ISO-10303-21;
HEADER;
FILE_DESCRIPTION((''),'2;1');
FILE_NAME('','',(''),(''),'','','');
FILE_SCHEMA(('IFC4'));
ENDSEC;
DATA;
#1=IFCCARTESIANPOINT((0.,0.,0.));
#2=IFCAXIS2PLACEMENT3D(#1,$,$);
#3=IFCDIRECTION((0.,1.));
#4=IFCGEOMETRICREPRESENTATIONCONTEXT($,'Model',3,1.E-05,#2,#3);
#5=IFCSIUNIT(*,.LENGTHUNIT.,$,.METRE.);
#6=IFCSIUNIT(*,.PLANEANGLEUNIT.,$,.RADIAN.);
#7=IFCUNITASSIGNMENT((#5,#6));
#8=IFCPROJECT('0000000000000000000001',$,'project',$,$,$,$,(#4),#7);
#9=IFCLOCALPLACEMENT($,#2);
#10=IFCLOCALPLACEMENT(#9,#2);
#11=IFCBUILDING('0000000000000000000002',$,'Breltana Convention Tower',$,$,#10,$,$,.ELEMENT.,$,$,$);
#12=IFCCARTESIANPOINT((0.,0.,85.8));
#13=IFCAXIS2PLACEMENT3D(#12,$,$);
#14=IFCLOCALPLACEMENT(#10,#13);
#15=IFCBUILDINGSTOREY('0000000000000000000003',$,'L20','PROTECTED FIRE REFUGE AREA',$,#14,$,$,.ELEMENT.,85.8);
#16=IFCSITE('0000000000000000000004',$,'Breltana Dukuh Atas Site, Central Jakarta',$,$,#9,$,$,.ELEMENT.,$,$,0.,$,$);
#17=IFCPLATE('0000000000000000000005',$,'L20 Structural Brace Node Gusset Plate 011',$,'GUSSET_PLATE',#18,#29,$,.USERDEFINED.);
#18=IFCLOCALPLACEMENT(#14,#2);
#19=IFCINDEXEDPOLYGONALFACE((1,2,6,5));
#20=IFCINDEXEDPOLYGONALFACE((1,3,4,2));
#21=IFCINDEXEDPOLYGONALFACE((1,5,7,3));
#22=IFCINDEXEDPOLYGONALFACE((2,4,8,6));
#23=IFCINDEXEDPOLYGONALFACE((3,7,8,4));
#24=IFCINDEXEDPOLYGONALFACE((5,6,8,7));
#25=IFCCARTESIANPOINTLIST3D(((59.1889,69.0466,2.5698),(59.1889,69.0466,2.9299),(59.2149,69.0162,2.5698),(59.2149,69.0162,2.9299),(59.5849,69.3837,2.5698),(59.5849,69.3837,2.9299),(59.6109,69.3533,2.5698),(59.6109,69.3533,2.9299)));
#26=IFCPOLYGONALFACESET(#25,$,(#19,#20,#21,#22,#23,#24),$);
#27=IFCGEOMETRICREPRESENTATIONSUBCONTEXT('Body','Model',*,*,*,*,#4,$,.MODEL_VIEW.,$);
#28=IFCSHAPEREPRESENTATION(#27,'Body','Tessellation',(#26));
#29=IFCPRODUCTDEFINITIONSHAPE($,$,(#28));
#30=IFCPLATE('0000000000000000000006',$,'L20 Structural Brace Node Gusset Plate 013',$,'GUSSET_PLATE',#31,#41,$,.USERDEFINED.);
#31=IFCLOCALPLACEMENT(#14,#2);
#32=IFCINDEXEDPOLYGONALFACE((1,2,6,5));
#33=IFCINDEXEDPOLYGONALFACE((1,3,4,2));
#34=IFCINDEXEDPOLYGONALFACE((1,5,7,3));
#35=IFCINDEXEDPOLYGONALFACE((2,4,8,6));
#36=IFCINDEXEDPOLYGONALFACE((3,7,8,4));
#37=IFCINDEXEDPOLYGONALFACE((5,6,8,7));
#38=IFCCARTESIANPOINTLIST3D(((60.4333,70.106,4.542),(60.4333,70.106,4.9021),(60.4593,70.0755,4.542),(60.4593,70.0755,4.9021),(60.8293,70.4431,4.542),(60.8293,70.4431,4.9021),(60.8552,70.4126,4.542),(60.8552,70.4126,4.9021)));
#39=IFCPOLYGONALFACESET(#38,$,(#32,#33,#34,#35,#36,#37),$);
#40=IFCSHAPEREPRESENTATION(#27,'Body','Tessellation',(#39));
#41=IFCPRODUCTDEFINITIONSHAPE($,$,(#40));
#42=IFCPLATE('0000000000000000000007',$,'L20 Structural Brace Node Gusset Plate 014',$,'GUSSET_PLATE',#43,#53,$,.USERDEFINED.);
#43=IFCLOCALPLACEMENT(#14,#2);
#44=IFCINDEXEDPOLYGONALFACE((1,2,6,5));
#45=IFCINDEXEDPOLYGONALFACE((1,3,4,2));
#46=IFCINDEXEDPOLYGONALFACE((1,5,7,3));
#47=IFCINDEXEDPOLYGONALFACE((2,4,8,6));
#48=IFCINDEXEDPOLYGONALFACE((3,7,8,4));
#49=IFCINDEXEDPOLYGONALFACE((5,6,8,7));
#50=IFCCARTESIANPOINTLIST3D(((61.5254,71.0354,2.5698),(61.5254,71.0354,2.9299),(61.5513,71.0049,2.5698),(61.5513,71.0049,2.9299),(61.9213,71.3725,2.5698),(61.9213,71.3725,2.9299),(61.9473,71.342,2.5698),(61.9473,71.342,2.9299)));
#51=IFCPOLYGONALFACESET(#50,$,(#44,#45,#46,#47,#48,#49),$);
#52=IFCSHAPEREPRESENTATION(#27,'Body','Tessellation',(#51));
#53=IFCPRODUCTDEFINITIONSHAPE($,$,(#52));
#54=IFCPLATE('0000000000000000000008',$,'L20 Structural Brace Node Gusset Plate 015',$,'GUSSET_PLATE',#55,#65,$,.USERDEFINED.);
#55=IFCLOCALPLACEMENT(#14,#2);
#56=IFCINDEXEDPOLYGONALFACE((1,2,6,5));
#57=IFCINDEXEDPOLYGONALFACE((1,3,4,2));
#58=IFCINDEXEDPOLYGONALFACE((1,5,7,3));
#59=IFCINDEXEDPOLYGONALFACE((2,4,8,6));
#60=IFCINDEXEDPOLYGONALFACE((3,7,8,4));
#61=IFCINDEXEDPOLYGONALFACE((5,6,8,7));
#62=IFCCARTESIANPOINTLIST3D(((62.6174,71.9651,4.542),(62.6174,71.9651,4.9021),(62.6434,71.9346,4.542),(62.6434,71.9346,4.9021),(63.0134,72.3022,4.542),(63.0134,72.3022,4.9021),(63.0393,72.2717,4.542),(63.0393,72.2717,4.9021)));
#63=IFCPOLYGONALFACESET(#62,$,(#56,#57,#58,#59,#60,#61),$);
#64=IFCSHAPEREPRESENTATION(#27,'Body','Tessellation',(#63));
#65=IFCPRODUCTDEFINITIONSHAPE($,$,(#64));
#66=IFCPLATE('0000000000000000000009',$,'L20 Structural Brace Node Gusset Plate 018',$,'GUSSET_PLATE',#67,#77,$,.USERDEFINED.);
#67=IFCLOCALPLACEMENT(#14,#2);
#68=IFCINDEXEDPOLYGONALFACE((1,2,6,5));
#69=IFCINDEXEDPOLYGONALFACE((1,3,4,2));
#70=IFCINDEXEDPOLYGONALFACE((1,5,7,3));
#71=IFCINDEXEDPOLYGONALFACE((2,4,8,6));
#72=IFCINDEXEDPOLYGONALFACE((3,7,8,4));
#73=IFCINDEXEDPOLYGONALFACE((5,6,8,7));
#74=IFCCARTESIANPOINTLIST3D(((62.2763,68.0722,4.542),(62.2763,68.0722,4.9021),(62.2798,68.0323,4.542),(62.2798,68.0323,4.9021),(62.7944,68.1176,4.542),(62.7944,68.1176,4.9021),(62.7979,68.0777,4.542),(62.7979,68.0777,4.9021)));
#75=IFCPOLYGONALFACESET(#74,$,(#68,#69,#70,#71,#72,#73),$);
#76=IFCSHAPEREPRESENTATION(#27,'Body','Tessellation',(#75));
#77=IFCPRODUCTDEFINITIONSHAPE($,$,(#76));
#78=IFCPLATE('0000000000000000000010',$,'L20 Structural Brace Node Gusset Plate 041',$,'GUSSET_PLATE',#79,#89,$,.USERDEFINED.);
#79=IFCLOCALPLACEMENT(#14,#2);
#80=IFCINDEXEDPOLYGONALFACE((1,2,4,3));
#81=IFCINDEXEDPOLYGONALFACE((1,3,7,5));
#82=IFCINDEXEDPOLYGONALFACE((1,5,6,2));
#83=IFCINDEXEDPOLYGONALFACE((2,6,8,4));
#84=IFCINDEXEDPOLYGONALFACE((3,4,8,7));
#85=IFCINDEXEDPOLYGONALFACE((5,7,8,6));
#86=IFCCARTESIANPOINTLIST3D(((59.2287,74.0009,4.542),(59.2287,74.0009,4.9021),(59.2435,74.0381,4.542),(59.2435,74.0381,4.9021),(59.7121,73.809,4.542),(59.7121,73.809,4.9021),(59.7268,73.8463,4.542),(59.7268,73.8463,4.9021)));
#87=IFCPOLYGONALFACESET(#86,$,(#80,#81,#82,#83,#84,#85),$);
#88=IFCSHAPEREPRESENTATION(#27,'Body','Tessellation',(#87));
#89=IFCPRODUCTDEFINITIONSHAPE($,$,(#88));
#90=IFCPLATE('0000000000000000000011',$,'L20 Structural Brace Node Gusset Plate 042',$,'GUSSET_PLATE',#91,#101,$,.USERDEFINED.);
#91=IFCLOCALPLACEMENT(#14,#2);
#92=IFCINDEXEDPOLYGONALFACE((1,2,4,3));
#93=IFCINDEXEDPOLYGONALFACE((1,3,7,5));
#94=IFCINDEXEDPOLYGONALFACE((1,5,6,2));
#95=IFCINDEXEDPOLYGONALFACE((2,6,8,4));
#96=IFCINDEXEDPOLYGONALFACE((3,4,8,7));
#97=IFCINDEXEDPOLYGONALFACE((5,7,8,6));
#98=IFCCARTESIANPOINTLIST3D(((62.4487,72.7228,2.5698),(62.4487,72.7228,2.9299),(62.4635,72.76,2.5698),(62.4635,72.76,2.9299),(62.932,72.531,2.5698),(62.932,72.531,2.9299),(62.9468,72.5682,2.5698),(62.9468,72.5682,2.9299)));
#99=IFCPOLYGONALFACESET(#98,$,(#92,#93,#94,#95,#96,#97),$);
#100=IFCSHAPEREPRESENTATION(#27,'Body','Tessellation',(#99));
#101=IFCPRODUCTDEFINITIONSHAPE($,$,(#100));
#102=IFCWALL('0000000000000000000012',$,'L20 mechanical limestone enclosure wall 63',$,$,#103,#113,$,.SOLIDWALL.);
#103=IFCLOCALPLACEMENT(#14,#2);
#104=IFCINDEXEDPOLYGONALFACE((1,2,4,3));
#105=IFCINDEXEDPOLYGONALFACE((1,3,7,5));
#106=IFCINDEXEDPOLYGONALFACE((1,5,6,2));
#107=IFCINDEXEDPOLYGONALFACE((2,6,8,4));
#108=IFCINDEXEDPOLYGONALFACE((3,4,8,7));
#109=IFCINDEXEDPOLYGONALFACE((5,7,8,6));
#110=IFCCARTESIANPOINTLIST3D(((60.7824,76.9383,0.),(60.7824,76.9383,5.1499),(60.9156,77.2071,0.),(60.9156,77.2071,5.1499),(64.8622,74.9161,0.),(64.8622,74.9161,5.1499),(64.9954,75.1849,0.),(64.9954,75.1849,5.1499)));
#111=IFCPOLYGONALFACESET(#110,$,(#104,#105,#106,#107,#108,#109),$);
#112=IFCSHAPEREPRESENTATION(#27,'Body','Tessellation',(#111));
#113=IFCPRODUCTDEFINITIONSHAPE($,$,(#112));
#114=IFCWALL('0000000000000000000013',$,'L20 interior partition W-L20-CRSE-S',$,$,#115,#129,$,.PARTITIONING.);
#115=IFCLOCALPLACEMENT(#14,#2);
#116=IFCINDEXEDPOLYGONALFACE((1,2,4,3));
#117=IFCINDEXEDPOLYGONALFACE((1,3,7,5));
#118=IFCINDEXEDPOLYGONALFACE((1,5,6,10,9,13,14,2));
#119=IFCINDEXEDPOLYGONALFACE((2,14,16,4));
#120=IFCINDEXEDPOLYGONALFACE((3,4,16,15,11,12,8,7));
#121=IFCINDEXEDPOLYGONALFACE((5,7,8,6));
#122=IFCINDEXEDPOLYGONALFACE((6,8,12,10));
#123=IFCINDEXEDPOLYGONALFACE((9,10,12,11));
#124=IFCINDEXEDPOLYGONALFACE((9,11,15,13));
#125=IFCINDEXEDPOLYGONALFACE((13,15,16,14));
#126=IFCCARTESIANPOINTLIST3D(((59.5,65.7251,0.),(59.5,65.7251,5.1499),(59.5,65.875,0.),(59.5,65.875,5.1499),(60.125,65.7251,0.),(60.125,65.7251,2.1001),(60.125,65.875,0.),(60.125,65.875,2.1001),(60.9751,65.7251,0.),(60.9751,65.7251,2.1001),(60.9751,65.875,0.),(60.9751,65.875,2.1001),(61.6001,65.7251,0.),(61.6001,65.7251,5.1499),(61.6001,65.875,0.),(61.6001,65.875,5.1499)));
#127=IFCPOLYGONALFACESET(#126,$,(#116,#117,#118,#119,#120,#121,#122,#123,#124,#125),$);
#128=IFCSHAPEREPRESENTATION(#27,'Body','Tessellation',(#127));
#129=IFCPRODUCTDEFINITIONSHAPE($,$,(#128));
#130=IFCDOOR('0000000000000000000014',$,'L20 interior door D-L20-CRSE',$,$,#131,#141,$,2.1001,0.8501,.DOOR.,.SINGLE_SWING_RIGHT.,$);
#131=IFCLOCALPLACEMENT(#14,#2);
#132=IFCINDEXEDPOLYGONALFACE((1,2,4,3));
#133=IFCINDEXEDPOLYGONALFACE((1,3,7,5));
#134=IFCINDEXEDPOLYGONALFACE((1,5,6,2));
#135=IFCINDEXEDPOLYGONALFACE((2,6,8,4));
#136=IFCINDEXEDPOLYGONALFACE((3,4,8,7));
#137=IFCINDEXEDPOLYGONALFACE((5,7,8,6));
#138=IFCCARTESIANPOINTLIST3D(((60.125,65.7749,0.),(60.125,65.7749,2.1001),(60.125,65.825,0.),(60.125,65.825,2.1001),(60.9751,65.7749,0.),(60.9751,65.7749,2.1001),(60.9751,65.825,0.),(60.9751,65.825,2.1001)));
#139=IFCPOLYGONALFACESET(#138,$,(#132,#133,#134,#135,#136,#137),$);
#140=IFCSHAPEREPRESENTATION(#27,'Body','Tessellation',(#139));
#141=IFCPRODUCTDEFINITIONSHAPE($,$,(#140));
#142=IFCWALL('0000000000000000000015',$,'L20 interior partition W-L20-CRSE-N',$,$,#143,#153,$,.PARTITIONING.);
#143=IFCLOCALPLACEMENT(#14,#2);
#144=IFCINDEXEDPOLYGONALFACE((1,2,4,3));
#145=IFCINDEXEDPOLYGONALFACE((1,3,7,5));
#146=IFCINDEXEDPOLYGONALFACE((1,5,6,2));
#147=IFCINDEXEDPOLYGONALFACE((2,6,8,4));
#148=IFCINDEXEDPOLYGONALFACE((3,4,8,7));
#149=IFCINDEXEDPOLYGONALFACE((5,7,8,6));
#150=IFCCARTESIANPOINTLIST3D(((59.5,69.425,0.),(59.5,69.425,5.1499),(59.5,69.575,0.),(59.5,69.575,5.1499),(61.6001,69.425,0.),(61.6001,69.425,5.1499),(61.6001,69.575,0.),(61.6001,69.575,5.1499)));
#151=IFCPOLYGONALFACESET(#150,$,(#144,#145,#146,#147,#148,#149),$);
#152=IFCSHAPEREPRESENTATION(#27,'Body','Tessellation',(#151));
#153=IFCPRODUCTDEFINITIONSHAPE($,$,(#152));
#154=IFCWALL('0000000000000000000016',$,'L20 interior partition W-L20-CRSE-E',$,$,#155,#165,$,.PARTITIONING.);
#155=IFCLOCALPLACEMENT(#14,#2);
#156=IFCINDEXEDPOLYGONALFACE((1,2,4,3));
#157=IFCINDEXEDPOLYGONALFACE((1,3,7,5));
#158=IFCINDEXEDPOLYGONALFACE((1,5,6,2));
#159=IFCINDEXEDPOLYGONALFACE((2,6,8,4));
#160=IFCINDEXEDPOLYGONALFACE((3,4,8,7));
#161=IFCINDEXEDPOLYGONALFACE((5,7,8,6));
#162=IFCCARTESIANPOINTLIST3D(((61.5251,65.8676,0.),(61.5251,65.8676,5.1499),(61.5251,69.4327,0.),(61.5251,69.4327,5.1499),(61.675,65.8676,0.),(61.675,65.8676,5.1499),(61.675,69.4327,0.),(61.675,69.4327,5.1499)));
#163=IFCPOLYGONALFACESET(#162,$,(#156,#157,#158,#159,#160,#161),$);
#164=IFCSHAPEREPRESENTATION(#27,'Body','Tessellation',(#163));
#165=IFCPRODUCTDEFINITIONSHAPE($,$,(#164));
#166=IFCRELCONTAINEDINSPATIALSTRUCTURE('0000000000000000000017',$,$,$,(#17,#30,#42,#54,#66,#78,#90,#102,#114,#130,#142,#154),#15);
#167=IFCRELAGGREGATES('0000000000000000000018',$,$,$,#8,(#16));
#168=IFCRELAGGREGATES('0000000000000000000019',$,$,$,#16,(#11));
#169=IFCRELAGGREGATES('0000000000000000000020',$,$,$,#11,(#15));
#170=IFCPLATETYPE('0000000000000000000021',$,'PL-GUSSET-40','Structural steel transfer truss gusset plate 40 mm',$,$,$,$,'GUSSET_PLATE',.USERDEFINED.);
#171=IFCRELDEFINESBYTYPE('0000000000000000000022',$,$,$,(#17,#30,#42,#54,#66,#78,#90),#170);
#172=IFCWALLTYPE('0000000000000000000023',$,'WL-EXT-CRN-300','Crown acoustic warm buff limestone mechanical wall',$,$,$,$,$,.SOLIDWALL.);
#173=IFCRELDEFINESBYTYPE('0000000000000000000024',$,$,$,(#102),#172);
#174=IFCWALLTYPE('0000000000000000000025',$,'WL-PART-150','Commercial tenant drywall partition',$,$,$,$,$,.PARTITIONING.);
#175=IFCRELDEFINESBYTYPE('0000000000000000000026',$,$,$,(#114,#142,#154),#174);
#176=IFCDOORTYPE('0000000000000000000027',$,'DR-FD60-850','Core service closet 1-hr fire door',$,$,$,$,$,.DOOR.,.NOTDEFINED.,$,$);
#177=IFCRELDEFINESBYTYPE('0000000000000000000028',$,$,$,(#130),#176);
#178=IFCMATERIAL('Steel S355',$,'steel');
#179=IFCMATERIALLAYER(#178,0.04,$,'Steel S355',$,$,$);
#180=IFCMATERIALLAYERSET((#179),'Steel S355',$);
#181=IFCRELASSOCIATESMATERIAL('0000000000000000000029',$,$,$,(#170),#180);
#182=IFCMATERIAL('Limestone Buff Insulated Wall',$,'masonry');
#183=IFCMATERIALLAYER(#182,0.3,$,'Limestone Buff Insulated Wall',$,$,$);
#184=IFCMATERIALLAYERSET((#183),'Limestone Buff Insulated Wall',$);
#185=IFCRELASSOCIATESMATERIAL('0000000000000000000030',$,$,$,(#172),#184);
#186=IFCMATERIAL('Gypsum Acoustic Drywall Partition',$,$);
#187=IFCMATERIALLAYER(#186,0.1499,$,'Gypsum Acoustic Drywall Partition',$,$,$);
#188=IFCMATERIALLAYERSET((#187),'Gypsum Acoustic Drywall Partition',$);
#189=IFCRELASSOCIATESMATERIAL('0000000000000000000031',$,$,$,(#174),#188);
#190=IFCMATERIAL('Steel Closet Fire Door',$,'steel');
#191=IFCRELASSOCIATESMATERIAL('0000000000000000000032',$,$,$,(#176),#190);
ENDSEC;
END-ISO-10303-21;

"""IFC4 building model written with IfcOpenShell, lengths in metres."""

from ifc_helpers import new_model, si_unit, direction, frame, frame_2d, origin, origin_2d, place, context, subcontext, project, spatial, rectangle, extrude, source, transform, mapped, material, layer, layer_set, type_object, type_shapes, element, fill, save


model = new_model("IFC4")

# Units and contexts
model_context = context("Model", 3, precision=1e-05, world=origin(), true_north=direction((0.0, 1.0)))
body_context = subcontext(model_context, "Body", "Model", "MODEL_VIEW")
ifc_project = project(units=[si_unit("LENGTHUNIT", "METRE"), si_unit("PLANEANGLEUNIT", "RADIAN")], contexts=[model_context])

# Site, building, storey
site_placement = place(None, origin())
site = spatial("IfcSite", under=ifc_project, at=site_placement, Name="Breltana Dukuh Atas Site, Central Jakarta", CompositionType="ELEMENT", RefElevation=0.0)
building_placement = place(site_placement, origin())
building = spatial("IfcBuilding", under=site, at=building_placement, Name="Breltana Convention Tower", CompositionType="ELEMENT")
storey_placement = place(building_placement, frame((0.0, 0.0, 85.8)))
storey = spatial("IfcBuildingStorey", under=building, at=storey_placement, Name="L20", Description="PROTECTED FIRE REFUGE AREA", CompositionType="ELEMENT", Elevation=85.8)

# Plates
ifc_material_1 = material(Name="Steel S355", Category="steel")
ifc_layer_1 = layer(ifc_material_1, 0.04, Name="Steel S355")
ifc_layer_set_1 = layer_set([ifc_layer_1], Name="Steel S355")
plate_type = type_object("IfcPlateType", Name="PL-GUSSET-40", Description="Structural steel transfer truss gusset plate 40 mm", ElementType="GUSSET_PLATE", PredefinedType="USERDEFINED", material=ifc_layer_set_1)
shared_shape_1 = source(origin(), body_context, "Body", "SweptSolid", [
    extrude(rectangle(XDim=0.52, YDim=0.04, at=origin_2d()), origin(), (0.0, 0.0, 1.0), 0.3601),
])
for number, where, z_axis, x_axis, name in (
    (1, (59.3999, 69.2, 2.5698), (0.0, 0.0, 1.0), (0.761425, 0.648253, 0.0), "L20 Structural Brace Node Gusset Plate 011"),
    (2, (60.6443, 70.2593, 4.542), (0.0, 0.0, 1.0), (0.761425, 0.648253, 0.0), "L20 Structural Brace Node Gusset Plate 013"),
    (3, (61.7363, 71.1887, 2.5698), (0.0, 0.0, 1.0), (0.761425, 0.648253, 0.0), "L20 Structural Brace Node Gusset Plate 014"),
    (4, (62.8284, 72.1184, 4.542), (0.0, 0.0, 1.0), (0.761425, 0.648253, 0.0), "L20 Structural Brace Node Gusset Plate 015"),
    (5, (62.5371, 68.075, 4.542), (0.0, 0.0, 1.0), (0.996179, 0.08733, 0.0), "L20 Structural Brace Node Gusset Plate 018"),
    (6, (59.4778, 73.9236, 4.542), (0.0, 0.0, 1.0), (0.929455, -0.368936, 0.0), "L20 Structural Brace Node Gusset Plate 041"),
    (7, (62.6978, 72.6455, 2.5698), (0.0, 0.0, 1.0), (0.929455, -0.368936, 0.0), "L20 Structural Brace Node Gusset Plate 042"),
):
    element("IfcPlate", number, at=place(storey_placement, frame(where, z_axis=z_axis, x_axis=x_axis)), inside=storey, type_object=plate_type, Name=name, ObjectType="GUSSET_PLATE", PredefinedType="USERDEFINED", context=body_context, shape_type="MappedRepresentation", body=[
        mapped(shared_shape_1, transform((0.0, 0.0, 0.0), scale=1.0)),
    ])

# Wall
ifc_material_2 = material(Name="Limestone Buff Insulated Wall", Category="masonry")
ifc_layer_2 = layer(ifc_material_2, 0.3, Name="Limestone Buff Insulated Wall")
ifc_layer_set_2 = layer_set([ifc_layer_2], Name="Limestone Buff Insulated Wall")
wall_type_1 = type_object("IfcWallType", Name="WL-EXT-CRN-300", Description="Crown acoustic warm buff limestone mechanical wall", PredefinedType="SOLIDWALL", material=ifc_layer_set_2)
shared_shape_2 = source(origin(), body_context, "Body", "SweptSolid", [
    extrude(rectangle(XDim=4.5535, YDim=0.3, at=frame_2d((2.2769, 0.0))), origin(), (0.0, 0.0, 1.0), 5.1499),
])
wall_1_placement = place(storey_placement, frame((60.8489, 77.0728, 0.0), z_axis=(0.0, 0.0, 1.0), x_axis=(0.895977, -0.444101, 0.0)))
element("IfcWall", 8, at=wall_1_placement, inside=storey, type_object=wall_type_1, Name="L20 mechanical limestone enclosure wall 63", PredefinedType="SOLIDWALL", context=body_context, shape_type="MappedRepresentation", body=[
    mapped(shared_shape_2, transform((0.0, 0.0, 0.0), scale=1.0)),
])

# Wall, opening, door
ifc_material_3 = material(Name="Gypsum Acoustic Drywall Partition")
ifc_layer_3 = layer(ifc_material_3, 0.1499, Name="Gypsum Acoustic Drywall Partition")
ifc_layer_set_3 = layer_set([ifc_layer_3], Name="Gypsum Acoustic Drywall Partition")
wall_type_2 = type_object("IfcWallType", Name="WL-PART-150", Description="Commercial tenant drywall partition", PredefinedType="PARTITIONING", material=ifc_layer_set_3)
shared_shape_3 = source(origin(), body_context, "Body", "SweptSolid", [
    extrude(rectangle(XDim=2.1001, YDim=0.1499, at=frame_2d((1.05, 0.0))), origin(), (0.0, 0.0, 1.0), 5.1499),
])
wall_2_placement = place(storey_placement, frame((59.5, 65.8, 0.0), z_axis=(0.0, 0.0, 1.0), x_axis=(1.0, 0.0, 0.0)))
wall_2 = element("IfcWall", 9, at=wall_2_placement, inside=storey, type_object=wall_type_2, Name="L20 interior partition W-L20-CRSE-S", PredefinedType="PARTITIONING", context=body_context, shape_type="MappedRepresentation", body=[
    mapped(shared_shape_3, transform((0.0, 0.0, 0.0), scale=1.0)),
])
opening_placement = place(wall_2_placement, frame((0.625, 0.0, 0.0)))
opening = element("IfcOpeningElement", 10, at=opening_placement, cuts=wall_2, PredefinedType="OPENING", context=body_context, shape_type="SweptSolid", body=[
    extrude(rectangle(XDim=0.8501, YDim=2.1001, at=frame_2d((0.425, 1.05))), frame((0.0, 0.085, 0.0), z_axis=(0.0, -1.0, 0.0), x_axis=(1.0, 0.0, 0.0)), (0.0, 0.0, 1.0), 0.1699),
])
ifc_material_4 = material(Name="Steel Closet Fire Door", Category="steel")
door_type = type_object("IfcDoorType", Name="DR-FD60-850", Description="Core service closet 1-hr fire door", OperationType="NOTDEFINED", PredefinedType="DOOR", material=ifc_material_4)
shared_shape_4 = source(origin(), body_context, "Body", "SweptSolid", [
    extrude(rectangle(XDim=0.8501, YDim=2.1001, at=frame_2d((0.425, 1.05))), frame((0.0, 0.0249, 0.0), z_axis=(0.0, -1.0, 0.0), x_axis=(1.0, 0.0, 0.0)), (0.0, 0.0, 1.0), 0.05),
])
type_shapes(door_type, [shared_shape_4])
door_placement = place(opening_placement, origin())
door = element("IfcDoor", 11, at=door_placement, inside=storey, type_object=door_type, Name="L20 interior door D-L20-CRSE", OperationType="SINGLE_SWING_RIGHT", OverallHeight=2.1001, OverallWidth=0.8501, PredefinedType="DOOR", context=body_context, shape_type="MappedRepresentation", body=[
    mapped(shared_shape_4, transform((0.0, 0.0, 0.0), scale=1.0)),
])
fill(opening, door)

# Walls
wall_3_placement = place(storey_placement, frame((59.5, 69.5, 0.0), z_axis=(0.0, 0.0, 1.0), x_axis=(1.0, 0.0, 0.0)))
element("IfcWall", 12, at=wall_3_placement, inside=storey, type_object=wall_type_2, Name="L20 interior partition W-L20-CRSE-N", PredefinedType="PARTITIONING", context=body_context, shape_type="MappedRepresentation", body=[
    mapped(shared_shape_3, transform((0.0, 0.0, 0.0), scale=1.0)),
])
shared_shape_5 = source(origin(), body_context, "Body", "SweptSolid", [
    extrude(rectangle(XDim=3.5652, YDim=0.1499, at=frame_2d((1.7827, 0.0))), origin(), (0.0, 0.0, 1.0), 5.1499),
])
wall_4_placement = place(storey_placement, frame((61.6001, 65.8674, 0.0), z_axis=(0.0, 0.0, 1.0), x_axis=(0.0, 1.0, 0.0)))
element("IfcWall", 13, at=wall_4_placement, inside=storey, type_object=wall_type_2, Name="L20 interior partition W-L20-CRSE-E", PredefinedType="PARTITIONING", context=body_context, shape_type="MappedRepresentation", body=[
    mapped(shared_shape_5, transform((0.0, 0.0, 0.0), scale=1.0)),
])

save(model, "model.ifc")
